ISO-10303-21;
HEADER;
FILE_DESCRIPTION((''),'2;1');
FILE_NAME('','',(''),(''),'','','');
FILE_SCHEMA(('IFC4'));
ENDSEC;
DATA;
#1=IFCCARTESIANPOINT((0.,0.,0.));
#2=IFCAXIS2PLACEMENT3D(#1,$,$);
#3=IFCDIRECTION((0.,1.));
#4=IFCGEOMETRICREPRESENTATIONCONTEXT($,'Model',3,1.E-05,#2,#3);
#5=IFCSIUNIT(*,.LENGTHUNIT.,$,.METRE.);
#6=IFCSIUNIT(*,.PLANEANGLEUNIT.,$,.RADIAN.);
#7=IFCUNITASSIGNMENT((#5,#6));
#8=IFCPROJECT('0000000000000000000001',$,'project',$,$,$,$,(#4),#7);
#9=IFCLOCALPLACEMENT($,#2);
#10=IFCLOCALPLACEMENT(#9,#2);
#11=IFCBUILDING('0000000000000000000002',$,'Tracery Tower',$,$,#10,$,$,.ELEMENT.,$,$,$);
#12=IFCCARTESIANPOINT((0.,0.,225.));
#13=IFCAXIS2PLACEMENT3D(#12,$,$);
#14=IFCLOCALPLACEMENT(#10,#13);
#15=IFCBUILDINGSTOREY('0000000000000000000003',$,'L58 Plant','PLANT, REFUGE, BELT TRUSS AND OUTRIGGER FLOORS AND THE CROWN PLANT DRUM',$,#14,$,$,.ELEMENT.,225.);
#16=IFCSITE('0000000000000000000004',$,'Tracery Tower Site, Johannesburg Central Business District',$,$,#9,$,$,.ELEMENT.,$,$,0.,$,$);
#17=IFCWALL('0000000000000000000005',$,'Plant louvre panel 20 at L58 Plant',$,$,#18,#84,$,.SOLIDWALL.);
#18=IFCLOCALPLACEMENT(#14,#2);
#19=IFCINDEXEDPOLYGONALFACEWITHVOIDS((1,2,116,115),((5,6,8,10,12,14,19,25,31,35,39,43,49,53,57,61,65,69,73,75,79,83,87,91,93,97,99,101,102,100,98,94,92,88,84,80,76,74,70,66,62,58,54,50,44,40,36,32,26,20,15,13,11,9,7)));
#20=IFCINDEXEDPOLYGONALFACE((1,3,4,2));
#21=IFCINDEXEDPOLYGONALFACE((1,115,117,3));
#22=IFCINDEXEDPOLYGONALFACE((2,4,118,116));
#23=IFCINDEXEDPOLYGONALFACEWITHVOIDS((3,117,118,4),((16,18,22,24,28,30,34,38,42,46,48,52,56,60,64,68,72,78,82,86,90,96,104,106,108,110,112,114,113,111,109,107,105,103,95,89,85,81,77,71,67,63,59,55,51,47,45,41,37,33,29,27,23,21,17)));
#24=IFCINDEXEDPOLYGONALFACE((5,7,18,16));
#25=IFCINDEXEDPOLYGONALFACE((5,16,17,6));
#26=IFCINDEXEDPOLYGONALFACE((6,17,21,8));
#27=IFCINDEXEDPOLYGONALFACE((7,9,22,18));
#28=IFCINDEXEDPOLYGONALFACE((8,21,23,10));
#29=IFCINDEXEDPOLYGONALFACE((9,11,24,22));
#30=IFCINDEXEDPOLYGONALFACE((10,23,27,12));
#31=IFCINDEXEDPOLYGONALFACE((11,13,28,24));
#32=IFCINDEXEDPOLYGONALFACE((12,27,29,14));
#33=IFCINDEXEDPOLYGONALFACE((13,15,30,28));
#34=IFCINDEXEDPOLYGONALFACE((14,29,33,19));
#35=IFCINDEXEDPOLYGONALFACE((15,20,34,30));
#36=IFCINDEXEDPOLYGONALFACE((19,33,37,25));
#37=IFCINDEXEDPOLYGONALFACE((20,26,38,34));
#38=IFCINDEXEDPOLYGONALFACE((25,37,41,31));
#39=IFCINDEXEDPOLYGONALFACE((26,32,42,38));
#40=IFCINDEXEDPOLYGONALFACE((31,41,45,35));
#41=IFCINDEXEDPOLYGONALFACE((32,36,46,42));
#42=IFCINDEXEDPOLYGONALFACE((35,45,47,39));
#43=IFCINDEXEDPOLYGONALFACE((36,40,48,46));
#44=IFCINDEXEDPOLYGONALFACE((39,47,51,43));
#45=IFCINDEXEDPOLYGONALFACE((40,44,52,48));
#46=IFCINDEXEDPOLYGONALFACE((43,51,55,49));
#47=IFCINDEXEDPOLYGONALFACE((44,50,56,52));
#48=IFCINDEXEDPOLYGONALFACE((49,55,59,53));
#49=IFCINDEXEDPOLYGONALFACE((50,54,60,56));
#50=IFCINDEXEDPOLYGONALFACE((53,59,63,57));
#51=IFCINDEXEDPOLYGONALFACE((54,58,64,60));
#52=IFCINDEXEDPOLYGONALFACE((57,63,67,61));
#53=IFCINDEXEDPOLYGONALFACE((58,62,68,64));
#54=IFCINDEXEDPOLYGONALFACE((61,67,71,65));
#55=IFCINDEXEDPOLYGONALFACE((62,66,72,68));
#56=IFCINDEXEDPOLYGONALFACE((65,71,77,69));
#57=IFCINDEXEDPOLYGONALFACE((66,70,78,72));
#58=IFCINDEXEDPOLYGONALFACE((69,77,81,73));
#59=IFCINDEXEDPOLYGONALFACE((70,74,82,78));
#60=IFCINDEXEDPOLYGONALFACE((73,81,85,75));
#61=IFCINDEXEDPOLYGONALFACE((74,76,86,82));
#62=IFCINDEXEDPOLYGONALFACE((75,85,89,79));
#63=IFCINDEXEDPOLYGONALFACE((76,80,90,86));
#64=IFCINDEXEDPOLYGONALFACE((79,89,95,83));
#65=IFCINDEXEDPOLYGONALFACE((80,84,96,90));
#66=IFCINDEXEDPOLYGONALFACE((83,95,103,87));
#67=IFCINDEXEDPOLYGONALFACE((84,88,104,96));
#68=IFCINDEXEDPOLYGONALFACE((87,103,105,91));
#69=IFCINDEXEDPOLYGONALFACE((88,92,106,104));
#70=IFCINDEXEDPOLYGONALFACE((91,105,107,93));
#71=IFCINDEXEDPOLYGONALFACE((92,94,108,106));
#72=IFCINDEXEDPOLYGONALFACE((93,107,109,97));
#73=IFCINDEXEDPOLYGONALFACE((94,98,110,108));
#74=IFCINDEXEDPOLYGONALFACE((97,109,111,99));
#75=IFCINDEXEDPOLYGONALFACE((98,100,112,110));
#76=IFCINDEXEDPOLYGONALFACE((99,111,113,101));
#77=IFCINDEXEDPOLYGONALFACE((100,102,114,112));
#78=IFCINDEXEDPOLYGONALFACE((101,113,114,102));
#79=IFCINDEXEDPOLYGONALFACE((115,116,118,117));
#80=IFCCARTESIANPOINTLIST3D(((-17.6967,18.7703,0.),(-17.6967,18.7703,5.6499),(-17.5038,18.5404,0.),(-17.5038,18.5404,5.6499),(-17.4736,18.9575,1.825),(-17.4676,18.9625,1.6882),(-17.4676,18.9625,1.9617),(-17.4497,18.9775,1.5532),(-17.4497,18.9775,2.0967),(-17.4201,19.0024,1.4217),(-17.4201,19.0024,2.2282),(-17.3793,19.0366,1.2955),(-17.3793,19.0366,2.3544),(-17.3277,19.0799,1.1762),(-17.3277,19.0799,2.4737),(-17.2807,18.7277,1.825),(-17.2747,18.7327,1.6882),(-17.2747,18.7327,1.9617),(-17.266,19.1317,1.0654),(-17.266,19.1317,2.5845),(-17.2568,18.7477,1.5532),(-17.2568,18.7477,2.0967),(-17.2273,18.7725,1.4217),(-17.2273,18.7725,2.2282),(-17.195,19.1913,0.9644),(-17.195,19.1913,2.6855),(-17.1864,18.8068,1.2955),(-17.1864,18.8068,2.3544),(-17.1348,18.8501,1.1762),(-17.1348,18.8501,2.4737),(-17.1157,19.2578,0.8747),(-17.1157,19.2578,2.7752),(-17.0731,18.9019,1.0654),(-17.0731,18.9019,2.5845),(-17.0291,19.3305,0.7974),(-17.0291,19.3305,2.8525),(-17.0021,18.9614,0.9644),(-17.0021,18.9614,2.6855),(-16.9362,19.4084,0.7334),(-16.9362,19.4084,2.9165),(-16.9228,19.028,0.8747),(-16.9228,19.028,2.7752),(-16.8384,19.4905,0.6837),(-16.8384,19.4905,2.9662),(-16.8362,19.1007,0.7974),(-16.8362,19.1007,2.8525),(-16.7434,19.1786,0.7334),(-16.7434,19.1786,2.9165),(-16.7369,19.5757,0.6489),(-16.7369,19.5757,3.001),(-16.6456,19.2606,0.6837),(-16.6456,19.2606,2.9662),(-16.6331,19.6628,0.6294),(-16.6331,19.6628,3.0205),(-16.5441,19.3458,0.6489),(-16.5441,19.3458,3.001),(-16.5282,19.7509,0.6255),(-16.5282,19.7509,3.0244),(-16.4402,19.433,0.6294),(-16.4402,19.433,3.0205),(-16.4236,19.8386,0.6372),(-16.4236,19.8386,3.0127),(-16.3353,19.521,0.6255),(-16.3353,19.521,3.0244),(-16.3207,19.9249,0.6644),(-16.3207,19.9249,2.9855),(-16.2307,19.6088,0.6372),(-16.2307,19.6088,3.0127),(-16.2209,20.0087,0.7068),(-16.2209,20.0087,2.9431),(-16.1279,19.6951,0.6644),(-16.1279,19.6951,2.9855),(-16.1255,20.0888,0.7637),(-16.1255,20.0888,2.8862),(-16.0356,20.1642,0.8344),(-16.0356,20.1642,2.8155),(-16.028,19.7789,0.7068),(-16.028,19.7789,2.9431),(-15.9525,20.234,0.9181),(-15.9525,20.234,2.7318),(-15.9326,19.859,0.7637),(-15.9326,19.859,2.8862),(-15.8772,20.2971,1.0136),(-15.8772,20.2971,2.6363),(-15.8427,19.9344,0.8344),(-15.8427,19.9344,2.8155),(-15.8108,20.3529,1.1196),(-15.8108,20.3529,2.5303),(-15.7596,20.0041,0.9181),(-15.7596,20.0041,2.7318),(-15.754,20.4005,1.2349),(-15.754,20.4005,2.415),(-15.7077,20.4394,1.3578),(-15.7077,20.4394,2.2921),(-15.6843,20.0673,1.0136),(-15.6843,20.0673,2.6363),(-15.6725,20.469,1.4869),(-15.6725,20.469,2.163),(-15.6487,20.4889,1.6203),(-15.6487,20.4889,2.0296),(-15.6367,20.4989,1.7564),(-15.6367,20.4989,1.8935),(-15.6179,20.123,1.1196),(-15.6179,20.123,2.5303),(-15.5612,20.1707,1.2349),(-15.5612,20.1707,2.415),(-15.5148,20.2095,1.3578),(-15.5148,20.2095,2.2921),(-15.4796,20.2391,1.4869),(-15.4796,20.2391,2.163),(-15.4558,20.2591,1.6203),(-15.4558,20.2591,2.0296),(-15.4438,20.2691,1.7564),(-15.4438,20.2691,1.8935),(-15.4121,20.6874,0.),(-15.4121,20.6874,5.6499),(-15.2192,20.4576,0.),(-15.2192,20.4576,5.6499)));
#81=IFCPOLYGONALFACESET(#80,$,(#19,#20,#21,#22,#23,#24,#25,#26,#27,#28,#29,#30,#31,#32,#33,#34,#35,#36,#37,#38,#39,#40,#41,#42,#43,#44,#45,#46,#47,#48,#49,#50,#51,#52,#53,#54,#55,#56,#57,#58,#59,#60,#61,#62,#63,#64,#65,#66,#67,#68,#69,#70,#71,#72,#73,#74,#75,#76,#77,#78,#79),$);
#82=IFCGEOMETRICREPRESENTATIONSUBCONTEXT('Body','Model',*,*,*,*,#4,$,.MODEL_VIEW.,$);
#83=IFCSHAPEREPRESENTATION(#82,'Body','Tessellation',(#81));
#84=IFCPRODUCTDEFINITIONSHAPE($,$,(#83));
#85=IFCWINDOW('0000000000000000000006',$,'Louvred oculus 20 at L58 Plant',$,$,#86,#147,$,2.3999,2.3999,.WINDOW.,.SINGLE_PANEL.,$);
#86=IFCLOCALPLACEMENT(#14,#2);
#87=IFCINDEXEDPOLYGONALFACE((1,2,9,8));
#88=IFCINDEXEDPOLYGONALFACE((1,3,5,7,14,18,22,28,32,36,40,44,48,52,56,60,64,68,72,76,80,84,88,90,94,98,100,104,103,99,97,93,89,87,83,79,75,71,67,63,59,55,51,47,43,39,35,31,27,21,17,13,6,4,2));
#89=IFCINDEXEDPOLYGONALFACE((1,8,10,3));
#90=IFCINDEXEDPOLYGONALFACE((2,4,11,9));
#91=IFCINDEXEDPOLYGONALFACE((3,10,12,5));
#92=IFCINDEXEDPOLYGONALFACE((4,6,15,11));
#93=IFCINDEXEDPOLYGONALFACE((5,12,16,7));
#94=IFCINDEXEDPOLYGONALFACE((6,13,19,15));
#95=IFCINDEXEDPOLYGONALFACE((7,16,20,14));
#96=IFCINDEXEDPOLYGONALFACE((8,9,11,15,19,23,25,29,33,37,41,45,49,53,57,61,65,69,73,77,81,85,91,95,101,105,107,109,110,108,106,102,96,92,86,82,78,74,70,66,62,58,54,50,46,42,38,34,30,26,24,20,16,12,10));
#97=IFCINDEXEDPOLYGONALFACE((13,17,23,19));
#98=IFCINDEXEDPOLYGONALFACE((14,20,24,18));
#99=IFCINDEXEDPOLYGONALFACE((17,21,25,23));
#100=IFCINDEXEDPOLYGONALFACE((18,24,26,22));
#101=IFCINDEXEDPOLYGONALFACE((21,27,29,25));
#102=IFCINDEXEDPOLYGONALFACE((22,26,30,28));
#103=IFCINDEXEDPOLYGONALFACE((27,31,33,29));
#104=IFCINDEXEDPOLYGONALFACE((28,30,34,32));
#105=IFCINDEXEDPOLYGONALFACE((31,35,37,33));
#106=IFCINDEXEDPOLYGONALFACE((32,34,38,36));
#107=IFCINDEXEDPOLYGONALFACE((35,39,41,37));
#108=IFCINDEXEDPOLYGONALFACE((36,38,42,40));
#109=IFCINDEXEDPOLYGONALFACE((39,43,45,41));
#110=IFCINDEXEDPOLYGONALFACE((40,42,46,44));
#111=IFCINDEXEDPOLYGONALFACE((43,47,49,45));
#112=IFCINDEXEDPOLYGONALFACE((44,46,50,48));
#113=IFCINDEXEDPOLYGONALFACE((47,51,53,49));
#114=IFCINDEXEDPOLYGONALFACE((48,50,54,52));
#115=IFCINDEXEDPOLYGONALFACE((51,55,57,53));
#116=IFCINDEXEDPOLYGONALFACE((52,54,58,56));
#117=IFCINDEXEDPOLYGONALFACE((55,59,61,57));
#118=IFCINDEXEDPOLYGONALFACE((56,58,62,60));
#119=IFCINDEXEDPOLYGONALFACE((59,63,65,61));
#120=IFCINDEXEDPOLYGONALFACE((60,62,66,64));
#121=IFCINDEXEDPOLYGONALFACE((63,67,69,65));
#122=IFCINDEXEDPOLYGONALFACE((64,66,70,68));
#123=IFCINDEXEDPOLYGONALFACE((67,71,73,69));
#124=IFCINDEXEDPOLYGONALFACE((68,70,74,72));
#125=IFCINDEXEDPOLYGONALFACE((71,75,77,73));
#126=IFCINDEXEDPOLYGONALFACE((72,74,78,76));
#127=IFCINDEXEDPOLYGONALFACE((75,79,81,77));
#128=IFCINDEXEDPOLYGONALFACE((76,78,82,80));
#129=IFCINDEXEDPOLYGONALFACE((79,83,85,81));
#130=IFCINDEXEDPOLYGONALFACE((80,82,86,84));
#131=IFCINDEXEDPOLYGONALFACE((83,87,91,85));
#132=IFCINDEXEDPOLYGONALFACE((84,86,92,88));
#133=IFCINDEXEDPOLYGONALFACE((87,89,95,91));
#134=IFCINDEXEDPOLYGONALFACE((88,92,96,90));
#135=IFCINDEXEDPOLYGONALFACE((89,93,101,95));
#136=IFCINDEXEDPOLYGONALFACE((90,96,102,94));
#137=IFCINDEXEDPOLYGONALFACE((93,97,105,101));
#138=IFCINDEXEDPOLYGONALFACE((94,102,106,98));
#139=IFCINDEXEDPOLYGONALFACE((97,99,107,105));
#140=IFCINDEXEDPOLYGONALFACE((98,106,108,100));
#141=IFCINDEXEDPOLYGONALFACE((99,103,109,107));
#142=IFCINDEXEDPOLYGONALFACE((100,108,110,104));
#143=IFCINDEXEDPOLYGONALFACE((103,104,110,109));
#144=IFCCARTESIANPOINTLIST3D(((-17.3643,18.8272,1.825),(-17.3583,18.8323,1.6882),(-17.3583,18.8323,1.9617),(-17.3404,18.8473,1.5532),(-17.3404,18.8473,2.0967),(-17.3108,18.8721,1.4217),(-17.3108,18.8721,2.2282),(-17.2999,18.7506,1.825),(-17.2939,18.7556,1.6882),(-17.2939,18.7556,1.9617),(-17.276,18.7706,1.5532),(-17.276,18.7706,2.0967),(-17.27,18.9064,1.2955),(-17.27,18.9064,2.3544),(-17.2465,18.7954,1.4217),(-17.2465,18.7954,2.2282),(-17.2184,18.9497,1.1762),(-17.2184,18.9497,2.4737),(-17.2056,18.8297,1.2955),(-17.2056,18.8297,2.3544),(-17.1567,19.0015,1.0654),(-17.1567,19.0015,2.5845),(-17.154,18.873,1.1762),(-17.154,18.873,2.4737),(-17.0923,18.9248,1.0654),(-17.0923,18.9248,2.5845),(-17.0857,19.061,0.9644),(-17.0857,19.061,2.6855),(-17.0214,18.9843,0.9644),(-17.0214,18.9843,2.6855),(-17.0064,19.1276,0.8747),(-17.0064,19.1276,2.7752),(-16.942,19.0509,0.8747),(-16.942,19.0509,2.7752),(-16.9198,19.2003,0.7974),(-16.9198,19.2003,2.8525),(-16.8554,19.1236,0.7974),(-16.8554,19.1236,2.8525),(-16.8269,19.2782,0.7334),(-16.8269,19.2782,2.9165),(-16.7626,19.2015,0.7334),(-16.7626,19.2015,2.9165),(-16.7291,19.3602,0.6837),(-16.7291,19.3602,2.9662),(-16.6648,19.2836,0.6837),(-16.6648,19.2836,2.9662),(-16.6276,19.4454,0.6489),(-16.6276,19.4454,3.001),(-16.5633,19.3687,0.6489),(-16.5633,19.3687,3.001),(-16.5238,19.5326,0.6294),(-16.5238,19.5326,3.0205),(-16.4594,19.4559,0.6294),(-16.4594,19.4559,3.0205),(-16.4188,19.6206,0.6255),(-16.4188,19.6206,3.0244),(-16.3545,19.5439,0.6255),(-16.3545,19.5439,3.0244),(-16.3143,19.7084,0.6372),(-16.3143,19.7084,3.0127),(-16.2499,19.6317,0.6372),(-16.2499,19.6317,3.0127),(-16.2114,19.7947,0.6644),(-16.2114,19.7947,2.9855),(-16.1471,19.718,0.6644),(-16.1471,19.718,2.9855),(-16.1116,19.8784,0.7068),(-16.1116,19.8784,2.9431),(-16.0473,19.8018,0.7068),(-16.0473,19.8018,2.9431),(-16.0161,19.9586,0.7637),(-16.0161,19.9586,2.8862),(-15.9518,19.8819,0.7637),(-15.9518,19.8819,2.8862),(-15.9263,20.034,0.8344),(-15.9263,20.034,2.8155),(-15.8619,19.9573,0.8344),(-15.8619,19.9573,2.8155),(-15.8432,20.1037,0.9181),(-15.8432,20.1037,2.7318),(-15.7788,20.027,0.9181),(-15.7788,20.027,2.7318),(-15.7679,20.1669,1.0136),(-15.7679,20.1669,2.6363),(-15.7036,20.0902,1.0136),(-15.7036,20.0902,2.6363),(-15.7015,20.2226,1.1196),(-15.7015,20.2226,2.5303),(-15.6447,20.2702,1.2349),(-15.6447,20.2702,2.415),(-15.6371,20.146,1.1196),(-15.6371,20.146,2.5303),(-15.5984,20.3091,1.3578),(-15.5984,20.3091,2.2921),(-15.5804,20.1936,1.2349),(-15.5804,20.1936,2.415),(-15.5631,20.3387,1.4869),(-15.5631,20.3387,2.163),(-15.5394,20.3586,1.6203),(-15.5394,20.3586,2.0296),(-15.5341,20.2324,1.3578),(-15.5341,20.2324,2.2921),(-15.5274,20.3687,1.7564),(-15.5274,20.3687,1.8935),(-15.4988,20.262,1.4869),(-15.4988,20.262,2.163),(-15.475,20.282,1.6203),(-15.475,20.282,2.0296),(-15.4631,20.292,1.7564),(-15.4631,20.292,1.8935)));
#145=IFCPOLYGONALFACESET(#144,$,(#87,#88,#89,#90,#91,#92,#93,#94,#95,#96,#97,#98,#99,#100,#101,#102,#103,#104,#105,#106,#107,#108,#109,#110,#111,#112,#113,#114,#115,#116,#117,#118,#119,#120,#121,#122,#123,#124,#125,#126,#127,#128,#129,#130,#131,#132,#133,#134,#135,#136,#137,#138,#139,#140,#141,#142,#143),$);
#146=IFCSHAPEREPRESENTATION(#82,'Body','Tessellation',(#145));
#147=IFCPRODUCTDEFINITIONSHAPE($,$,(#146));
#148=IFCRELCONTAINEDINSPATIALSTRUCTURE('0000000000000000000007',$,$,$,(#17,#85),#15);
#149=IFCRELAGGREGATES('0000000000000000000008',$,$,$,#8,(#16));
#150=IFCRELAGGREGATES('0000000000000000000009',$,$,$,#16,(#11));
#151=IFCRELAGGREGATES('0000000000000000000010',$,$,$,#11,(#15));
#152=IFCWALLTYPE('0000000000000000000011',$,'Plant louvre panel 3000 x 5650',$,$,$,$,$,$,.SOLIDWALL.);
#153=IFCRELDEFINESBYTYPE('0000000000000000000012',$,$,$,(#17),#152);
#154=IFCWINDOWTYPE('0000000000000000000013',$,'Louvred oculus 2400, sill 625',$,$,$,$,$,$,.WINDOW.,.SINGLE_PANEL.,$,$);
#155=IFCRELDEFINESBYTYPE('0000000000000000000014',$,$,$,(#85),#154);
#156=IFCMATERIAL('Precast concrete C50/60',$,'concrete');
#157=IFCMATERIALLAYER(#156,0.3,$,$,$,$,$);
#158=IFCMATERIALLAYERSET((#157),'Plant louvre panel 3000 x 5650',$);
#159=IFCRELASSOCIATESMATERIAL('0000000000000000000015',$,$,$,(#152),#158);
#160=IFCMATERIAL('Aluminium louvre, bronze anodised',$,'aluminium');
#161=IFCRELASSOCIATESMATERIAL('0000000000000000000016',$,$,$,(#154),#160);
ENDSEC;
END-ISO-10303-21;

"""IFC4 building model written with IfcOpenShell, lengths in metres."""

from ifc_helpers import new_model, si_unit, direction, frame, frame_2d, origin, origin_2d, place, context, subcontext, project, spatial, rectangle, circle, extrude, material, layer, layer_set, type_object, element, fill, save


model = new_model("IFC4")

# Units and contexts
model_context = context("Model", 3, precision=1e-05, world=origin(), true_north=direction((0.0, 1.0)))
body_context = subcontext(model_context, "Body", "Model", "MODEL_VIEW")
ifc_project = project(units=[si_unit("LENGTHUNIT", "METRE"), si_unit("PLANEANGLEUNIT", "RADIAN")], contexts=[model_context])

# Site, building, storey
site_placement = place(None, origin())
site = spatial("IfcSite", under=ifc_project, at=site_placement, Name="Tracery Tower Site, Johannesburg Central Business District", CompositionType="ELEMENT", RefElevation=0.0)
building_placement = place(site_placement, origin())
building = spatial("IfcBuilding", under=site, at=building_placement, Name="Tracery Tower", CompositionType="ELEMENT")
storey_placement = place(building_placement, frame((0.0, 0.0, 225.0)))
storey = spatial("IfcBuildingStorey", under=building, at=storey_placement, Name="L58 Plant", Description="PLANT, REFUGE, BELT TRUSS AND OUTRIGGER FLOORS AND THE CROWN PLANT DRUM", CompositionType="ELEMENT", Elevation=225.0)

# Wall, opening, window
ifc_material_1 = material(Name="Precast concrete C50/60", Category="concrete")
ifc_layer_1 = layer(ifc_material_1, 0.3)
ifc_layer_set_1 = layer_set([ifc_layer_1], Name="Plant louvre panel 3000 x 5650")
wall_type_1 = type_object("IfcWallType", Name="Plant louvre panel 3000 x 5650", PredefinedType="SOLIDWALL", material=ifc_layer_set_1)
wall_1_placement = place(storey_placement, frame((-15.3157, 20.5725, 0.0), z_axis=(0.0, 0.0, 1.0), x_axis=(-0.766016, -0.642822, 0.0)))
wall_1 = element("IfcWall", 1, at=wall_1_placement, inside=storey, type_object=wall_type_1, Name="Plant louvre panel 20 at L58 Plant", PredefinedType="SOLIDWALL", context=body_context, shape_type="SweptSolid", body=[
    extrude(rectangle(XDim=2.9824, YDim=0.3, at=frame_2d((1.4912, 0.0))), origin(), (0.0, 0.0, 1.0), 5.6499),
])
opening_1_placement = place(wall_1_placement, frame((1.4912, 0.0, 1.825)))
opening_1 = element("IfcOpeningElement", 2, at=opening_1_placement, cuts=wall_1, PredefinedType="OPENING", context=body_context, shape_type="SweptSolid", body=[
    extrude(circle(Radius=1.2, at=origin_2d()), frame((0.0, 0.1599, 0.0), z_axis=(0.0, -1.0, 0.0), x_axis=(1.0, 0.0, 0.0)), (0.0, 0.0, 1.0), 0.3201),
])
ifc_material_2 = material(Name="Aluminium louvre, bronze anodised", Category="aluminium")
window_type = type_object("IfcWindowType", Name="Louvred oculus 2400, sill 625", PartitioningType="SINGLE_PANEL", PredefinedType="WINDOW", material=ifc_material_2)
window_1_placement = place(opening_1_placement, origin())
window_1 = element("IfcWindow", 3, at=window_1_placement, inside=storey, type_object=window_type, Name="Louvred oculus 20 at L58 Plant", OverallHeight=2.3999, OverallWidth=2.3999, PartitioningType="SINGLE_PANEL", PredefinedType="WINDOW", context=body_context, shape_type="SweptSolid", body=[
    extrude(circle(Radius=1.2, at=origin_2d()), frame((0.0, 0.1201, 0.0), z_axis=(0.0, -1.0, 0.0), x_axis=(1.0, 0.0, 0.0)), (0.0, 0.0, 1.0), 0.1001),
])
fill(opening_1, window_1)

save(model, "model.ifc")
